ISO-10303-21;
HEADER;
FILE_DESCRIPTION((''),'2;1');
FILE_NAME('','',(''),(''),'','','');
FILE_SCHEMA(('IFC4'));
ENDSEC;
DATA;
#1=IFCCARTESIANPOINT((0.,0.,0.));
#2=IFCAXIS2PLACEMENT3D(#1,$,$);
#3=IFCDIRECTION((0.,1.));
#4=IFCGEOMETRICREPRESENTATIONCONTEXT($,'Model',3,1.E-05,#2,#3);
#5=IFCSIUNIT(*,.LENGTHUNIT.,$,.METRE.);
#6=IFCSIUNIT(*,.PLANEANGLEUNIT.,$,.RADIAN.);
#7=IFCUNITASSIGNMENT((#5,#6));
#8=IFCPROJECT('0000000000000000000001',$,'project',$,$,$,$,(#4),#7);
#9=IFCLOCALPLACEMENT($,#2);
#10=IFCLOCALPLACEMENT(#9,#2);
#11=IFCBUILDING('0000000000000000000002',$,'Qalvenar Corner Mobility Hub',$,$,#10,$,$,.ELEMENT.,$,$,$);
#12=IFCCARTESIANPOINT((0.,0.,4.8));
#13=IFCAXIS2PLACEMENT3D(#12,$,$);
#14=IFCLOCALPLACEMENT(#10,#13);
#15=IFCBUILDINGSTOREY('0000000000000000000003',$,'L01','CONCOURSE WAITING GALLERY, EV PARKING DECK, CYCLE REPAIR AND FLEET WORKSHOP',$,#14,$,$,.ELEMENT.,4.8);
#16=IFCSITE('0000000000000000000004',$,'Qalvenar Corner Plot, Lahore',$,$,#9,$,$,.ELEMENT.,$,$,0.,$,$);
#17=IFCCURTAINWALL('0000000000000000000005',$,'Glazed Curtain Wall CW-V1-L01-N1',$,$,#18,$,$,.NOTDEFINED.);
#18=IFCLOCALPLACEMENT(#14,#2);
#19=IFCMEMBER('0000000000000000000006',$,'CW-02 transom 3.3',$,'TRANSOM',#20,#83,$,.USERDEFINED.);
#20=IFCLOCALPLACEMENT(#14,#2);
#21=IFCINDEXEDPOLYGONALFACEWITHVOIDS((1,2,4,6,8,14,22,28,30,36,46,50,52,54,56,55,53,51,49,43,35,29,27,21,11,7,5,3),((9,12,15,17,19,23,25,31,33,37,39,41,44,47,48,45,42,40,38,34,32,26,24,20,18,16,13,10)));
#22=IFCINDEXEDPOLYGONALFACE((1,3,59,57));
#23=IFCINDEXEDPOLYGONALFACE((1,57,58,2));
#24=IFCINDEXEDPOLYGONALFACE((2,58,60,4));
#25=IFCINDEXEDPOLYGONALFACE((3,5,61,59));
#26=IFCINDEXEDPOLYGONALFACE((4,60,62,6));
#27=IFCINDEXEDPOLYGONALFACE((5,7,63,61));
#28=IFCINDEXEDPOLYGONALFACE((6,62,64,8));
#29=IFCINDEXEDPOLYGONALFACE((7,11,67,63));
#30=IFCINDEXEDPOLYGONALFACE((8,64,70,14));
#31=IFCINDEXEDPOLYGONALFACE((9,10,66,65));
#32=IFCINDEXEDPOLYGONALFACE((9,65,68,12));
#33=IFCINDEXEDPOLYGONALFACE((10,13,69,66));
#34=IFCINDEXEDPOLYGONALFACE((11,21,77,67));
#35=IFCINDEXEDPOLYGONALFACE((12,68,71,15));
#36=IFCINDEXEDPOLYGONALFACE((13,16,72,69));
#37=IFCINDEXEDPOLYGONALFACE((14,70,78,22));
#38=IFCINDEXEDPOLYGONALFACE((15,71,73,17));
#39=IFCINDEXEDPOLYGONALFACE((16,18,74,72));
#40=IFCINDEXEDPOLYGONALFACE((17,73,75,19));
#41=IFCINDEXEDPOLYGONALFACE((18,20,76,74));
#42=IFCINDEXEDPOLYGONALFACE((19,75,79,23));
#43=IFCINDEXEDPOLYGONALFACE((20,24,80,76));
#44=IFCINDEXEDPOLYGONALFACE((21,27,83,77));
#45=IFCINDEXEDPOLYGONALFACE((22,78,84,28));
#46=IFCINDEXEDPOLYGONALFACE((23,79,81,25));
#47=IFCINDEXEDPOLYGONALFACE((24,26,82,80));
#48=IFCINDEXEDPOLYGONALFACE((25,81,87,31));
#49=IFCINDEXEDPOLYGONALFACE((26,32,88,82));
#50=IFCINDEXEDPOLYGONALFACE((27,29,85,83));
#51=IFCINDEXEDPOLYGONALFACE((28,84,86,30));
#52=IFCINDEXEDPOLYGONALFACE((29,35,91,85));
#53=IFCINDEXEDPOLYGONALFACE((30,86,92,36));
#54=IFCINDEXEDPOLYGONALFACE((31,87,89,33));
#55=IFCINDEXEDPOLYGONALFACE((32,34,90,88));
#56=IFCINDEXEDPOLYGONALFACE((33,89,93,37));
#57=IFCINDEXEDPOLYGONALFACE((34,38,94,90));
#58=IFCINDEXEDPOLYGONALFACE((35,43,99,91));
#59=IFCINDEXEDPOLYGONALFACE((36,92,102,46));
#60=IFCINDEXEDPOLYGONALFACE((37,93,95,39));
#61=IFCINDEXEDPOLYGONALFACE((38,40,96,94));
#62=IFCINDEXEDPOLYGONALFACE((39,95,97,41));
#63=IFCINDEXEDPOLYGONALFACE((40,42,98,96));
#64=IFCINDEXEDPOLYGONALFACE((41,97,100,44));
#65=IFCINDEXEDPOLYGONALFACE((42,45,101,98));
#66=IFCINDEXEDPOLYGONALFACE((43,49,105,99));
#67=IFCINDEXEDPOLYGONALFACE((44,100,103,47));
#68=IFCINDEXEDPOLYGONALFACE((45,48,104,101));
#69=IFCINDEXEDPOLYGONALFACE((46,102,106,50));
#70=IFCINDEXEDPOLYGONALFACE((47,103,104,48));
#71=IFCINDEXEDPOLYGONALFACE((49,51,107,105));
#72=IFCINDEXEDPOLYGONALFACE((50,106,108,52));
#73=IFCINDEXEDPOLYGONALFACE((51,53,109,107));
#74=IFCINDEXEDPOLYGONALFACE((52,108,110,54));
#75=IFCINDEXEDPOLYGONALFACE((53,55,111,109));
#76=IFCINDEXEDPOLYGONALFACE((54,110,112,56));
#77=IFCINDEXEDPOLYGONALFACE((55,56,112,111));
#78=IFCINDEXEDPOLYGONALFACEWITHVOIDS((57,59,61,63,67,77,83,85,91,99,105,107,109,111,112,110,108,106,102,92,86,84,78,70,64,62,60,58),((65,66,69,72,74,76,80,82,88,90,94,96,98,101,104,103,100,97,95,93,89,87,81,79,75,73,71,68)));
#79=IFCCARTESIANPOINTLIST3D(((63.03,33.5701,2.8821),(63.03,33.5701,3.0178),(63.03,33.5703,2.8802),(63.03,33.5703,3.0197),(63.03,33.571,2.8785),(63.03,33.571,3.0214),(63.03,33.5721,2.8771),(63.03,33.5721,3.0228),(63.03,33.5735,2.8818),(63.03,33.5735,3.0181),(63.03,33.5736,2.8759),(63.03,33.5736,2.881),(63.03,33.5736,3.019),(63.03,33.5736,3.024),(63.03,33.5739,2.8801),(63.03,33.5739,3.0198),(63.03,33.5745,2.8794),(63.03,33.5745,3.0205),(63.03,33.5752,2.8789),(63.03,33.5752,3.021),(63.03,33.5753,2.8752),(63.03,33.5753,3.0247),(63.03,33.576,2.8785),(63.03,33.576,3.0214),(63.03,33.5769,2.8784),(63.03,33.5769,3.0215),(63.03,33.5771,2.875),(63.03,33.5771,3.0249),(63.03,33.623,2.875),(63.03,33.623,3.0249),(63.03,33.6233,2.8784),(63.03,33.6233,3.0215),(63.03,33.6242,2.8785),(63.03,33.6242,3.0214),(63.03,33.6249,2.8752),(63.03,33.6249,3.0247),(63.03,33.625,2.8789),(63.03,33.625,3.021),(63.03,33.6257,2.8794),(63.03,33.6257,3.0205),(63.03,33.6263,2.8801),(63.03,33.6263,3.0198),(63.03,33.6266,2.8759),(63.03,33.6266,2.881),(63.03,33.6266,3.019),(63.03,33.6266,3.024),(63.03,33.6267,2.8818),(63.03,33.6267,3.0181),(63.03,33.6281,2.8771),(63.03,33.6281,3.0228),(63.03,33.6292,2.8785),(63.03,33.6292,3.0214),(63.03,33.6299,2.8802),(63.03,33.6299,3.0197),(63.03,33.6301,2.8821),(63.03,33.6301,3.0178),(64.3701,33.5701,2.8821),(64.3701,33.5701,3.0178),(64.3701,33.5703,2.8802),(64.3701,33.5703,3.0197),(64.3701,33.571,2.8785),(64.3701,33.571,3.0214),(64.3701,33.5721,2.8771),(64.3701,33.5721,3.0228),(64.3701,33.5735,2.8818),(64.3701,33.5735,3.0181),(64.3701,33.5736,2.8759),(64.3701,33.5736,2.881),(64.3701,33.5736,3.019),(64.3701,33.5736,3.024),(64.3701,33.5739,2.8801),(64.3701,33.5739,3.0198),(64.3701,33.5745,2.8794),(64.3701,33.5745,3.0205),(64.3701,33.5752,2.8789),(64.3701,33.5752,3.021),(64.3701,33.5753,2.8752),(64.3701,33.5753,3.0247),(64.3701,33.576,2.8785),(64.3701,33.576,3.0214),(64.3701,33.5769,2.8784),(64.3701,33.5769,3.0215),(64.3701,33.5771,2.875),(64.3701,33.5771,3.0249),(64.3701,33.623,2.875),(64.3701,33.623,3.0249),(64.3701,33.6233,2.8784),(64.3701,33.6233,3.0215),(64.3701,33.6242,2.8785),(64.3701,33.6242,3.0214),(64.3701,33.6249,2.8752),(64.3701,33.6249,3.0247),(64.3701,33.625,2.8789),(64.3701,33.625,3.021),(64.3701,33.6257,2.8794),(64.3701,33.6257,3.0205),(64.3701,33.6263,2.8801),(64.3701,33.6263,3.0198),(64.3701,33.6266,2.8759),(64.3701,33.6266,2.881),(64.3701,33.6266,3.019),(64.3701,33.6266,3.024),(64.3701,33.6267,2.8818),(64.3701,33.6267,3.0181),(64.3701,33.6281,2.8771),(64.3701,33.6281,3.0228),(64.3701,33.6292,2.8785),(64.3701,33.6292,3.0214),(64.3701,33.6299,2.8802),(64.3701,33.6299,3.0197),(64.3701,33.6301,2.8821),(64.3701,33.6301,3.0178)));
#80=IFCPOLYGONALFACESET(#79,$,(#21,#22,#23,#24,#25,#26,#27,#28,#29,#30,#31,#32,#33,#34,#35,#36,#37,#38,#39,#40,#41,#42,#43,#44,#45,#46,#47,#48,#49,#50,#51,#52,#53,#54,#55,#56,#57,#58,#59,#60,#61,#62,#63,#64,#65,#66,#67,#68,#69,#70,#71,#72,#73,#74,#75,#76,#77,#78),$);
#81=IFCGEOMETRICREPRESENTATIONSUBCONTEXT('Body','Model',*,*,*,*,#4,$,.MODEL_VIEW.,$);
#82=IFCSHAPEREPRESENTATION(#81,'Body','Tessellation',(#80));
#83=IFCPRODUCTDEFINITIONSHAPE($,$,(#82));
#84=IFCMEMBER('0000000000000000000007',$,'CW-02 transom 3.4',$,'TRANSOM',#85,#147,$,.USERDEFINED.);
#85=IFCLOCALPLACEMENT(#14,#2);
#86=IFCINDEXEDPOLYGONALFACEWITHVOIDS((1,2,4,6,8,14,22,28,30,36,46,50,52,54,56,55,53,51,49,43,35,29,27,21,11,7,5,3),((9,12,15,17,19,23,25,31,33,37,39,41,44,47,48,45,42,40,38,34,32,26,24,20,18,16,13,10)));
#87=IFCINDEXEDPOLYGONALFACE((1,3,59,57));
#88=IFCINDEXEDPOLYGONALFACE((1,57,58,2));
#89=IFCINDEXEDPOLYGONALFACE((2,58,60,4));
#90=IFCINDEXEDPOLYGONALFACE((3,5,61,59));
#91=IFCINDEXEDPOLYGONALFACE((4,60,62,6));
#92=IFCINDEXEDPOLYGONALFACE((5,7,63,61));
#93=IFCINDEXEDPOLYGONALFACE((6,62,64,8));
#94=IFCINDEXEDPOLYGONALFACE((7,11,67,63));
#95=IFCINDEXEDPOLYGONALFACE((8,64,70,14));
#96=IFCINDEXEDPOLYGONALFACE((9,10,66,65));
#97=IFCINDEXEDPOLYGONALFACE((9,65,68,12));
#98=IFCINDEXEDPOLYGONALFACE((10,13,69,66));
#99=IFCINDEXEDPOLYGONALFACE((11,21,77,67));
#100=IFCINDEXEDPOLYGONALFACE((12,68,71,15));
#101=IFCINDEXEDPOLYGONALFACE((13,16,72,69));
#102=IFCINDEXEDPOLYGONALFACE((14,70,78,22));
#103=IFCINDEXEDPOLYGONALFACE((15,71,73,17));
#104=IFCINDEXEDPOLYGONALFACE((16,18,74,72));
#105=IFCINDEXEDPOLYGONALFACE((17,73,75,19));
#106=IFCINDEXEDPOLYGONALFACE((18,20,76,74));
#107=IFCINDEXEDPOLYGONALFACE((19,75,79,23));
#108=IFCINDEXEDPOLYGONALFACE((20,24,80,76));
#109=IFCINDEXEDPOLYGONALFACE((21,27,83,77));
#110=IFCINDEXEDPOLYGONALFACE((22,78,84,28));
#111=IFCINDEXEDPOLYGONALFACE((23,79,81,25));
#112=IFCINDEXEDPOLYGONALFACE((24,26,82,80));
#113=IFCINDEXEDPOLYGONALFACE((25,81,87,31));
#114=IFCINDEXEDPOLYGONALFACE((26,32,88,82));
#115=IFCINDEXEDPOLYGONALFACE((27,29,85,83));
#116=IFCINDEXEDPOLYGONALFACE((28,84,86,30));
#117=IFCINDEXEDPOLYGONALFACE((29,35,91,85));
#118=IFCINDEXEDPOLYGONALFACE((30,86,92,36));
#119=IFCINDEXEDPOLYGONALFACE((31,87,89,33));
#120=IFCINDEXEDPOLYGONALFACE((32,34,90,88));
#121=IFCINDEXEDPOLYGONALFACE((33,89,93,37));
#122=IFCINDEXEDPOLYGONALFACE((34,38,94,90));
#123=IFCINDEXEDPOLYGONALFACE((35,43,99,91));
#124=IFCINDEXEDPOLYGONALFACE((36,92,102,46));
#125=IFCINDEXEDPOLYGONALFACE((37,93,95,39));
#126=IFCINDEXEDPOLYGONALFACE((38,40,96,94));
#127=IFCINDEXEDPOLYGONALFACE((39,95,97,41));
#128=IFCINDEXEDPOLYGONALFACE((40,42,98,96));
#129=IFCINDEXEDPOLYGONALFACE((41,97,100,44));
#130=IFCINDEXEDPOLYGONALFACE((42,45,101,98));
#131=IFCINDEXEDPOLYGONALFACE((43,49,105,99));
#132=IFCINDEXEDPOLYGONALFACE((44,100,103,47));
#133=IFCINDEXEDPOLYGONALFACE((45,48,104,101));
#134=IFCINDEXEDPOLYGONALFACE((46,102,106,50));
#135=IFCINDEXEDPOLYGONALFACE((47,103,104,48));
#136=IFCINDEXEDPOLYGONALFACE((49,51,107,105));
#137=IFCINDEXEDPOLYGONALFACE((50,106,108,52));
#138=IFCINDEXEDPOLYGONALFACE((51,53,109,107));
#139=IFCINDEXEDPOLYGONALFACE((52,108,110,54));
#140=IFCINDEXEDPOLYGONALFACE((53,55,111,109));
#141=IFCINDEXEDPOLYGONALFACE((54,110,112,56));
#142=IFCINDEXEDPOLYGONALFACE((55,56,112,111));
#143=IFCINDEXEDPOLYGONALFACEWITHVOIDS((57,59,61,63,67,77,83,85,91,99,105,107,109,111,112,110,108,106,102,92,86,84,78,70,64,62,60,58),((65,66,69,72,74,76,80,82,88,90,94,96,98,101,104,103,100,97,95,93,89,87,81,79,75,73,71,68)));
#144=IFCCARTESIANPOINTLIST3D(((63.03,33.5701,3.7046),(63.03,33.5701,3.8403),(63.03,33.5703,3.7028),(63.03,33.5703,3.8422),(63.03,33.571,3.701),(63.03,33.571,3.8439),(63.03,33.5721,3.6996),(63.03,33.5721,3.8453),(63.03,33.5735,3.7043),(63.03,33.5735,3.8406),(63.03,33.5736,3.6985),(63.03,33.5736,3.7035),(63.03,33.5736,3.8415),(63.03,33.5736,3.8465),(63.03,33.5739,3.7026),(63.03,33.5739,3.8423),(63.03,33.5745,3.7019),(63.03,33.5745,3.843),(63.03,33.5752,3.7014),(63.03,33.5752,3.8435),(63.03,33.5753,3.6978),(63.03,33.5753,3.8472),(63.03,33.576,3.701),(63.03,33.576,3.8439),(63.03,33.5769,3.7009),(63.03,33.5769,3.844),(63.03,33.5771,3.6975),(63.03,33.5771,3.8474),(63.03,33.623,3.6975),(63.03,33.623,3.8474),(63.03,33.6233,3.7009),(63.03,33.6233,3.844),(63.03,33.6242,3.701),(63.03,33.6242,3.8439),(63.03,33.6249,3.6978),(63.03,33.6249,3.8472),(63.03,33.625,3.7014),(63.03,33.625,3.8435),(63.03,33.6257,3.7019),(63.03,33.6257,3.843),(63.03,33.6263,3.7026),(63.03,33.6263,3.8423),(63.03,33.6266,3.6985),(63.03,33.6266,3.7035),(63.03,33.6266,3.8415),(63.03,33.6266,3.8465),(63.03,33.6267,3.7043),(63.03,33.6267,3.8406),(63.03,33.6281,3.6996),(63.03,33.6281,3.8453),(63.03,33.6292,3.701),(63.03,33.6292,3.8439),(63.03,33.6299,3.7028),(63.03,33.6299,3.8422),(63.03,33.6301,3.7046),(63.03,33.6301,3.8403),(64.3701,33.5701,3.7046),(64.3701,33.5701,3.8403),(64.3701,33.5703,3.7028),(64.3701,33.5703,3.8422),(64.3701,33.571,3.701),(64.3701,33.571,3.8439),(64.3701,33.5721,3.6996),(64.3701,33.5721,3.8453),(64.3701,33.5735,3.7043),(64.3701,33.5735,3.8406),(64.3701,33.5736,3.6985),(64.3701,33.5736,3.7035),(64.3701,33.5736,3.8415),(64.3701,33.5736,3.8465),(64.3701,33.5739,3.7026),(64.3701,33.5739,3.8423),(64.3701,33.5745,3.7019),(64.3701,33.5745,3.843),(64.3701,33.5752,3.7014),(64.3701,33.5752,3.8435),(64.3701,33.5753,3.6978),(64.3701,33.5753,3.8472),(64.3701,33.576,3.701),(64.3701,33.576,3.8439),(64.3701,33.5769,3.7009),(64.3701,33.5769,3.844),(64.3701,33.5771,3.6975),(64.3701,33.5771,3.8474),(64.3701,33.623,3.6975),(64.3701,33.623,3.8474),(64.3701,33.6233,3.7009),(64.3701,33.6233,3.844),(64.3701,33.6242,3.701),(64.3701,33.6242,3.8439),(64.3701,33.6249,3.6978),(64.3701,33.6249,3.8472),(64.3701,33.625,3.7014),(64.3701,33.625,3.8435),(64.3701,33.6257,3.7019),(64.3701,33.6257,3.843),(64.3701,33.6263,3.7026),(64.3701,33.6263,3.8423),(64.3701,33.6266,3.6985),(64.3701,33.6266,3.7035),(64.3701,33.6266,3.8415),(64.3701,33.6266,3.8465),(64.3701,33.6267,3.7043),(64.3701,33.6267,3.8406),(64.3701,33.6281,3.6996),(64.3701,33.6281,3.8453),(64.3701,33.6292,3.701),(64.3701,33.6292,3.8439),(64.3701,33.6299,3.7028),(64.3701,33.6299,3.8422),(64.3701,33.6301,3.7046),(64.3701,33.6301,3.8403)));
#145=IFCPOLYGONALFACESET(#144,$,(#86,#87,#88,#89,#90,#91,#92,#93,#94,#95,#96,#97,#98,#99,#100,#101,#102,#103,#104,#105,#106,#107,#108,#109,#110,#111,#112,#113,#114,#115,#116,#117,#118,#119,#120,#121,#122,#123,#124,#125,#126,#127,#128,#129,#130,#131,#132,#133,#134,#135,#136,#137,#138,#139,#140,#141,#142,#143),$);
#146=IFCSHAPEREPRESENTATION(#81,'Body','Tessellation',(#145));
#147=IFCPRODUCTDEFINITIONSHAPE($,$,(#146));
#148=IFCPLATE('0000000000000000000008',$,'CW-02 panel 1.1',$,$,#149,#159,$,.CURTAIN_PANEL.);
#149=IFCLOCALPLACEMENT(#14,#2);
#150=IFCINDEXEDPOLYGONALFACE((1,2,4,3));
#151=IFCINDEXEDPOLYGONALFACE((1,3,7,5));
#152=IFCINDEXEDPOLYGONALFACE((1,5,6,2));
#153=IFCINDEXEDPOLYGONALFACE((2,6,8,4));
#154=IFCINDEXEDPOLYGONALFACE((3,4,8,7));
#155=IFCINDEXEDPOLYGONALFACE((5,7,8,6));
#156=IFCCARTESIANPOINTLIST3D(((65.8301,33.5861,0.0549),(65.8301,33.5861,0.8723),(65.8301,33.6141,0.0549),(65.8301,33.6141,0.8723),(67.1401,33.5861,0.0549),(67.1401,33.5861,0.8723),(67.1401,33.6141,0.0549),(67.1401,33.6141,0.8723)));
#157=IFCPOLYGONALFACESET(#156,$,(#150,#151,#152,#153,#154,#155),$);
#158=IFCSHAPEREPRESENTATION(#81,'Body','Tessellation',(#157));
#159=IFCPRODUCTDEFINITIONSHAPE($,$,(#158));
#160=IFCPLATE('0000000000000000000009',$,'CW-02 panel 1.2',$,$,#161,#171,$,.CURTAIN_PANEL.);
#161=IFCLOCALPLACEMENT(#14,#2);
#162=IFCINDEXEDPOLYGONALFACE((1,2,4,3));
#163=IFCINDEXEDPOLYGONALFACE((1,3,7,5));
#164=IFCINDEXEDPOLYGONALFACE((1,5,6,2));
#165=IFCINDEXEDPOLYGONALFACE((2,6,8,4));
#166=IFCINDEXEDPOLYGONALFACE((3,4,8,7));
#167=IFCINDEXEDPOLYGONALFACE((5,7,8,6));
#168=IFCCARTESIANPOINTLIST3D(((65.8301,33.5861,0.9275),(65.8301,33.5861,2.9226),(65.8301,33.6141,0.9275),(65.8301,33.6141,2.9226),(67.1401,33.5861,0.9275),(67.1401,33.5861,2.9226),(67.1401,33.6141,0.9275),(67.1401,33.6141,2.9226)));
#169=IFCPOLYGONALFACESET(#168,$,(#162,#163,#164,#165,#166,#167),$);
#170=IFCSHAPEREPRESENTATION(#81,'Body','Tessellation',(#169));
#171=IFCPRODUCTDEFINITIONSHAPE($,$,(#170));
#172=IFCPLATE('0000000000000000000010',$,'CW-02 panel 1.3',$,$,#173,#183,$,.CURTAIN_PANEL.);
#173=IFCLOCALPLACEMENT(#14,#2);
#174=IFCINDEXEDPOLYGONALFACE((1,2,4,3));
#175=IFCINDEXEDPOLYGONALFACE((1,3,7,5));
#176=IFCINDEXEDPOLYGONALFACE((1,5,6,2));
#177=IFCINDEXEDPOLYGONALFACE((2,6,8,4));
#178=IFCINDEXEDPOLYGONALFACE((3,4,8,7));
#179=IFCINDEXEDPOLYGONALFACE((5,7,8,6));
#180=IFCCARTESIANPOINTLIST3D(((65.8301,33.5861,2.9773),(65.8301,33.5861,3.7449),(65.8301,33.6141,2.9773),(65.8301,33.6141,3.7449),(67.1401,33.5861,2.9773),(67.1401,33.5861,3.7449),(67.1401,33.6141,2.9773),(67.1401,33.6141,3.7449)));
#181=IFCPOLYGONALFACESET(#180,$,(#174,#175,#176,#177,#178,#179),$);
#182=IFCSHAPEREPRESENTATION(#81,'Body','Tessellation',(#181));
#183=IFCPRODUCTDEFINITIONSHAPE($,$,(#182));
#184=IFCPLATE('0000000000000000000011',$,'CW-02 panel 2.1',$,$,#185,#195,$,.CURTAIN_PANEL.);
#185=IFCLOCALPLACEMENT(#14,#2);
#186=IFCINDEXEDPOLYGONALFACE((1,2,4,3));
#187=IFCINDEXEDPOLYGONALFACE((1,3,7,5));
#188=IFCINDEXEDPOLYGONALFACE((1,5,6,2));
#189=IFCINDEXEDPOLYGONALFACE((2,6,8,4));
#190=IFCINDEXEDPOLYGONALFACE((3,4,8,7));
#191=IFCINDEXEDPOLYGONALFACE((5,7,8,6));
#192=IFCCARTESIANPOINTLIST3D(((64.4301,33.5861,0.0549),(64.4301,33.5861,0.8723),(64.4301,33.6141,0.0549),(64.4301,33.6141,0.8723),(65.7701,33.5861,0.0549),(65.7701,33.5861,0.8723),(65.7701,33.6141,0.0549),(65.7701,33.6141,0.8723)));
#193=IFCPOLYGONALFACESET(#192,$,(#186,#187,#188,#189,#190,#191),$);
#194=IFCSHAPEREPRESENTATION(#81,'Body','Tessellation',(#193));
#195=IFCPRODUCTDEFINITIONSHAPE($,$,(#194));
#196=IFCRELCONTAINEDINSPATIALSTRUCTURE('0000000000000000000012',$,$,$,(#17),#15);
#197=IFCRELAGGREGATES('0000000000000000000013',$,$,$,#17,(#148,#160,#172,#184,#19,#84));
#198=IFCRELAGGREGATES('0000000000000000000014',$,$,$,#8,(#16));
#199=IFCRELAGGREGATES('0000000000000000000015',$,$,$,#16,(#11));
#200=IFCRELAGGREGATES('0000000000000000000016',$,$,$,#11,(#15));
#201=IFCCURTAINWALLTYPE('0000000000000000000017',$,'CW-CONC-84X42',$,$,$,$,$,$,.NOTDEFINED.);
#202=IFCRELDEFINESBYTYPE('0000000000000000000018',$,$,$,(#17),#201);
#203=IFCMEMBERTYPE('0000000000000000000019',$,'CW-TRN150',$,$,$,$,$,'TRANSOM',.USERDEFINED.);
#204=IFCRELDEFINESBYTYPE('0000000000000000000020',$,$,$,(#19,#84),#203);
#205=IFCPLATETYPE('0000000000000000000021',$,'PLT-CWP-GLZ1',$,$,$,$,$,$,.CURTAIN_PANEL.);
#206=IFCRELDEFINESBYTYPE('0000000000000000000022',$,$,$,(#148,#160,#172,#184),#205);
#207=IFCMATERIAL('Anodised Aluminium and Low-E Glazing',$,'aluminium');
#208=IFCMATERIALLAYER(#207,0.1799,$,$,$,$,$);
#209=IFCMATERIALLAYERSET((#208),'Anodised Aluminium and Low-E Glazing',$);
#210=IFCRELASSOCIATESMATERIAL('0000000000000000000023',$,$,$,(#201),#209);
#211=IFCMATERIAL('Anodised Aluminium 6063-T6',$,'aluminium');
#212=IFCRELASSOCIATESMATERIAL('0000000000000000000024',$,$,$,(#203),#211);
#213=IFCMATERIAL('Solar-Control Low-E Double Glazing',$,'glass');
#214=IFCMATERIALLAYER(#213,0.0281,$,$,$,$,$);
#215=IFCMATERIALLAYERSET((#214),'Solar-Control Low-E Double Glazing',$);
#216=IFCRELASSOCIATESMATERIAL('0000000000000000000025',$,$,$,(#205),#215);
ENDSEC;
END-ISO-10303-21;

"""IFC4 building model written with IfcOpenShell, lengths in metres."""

from ifc_helpers import new_model, si_unit, direction, frame, origin, origin_2d, place, context, subcontext, project, spatial, rectangle, hollow_rectangle, extrude, material, layer, layer_set, material_profile, profile_set, type_object, element, aggregate, save


model = new_model("IFC4")

# Units and contexts
model_context = context("Model", 3, precision=1e-05, world=origin(), true_north=direction((0.0, 1.0)))
body_context = subcontext(model_context, "Body", "Model", "MODEL_VIEW")
ifc_project = project(units=[si_unit("LENGTHUNIT", "METRE"), si_unit("PLANEANGLEUNIT", "RADIAN")], contexts=[model_context])

# Site, building, storey
site_placement = place(None, origin())
site = spatial("IfcSite", under=ifc_project, at=site_placement, Name="Qalvenar Corner Plot, Lahore", CompositionType="ELEMENT", RefElevation=0.0)
building_placement = place(site_placement, origin())
building = spatial("IfcBuilding", under=site, at=building_placement, Name="Qalvenar Corner Mobility Hub", CompositionType="ELEMENT")
storey_placement = place(building_placement, frame((0.0, 0.0, 4.8)))
storey = spatial("IfcBuildingStorey", under=building, at=storey_placement, Name="L01", Description="CONCOURSE WAITING GALLERY, EV PARKING DECK, CYCLE REPAIR AND FLEET WORKSHOP", CompositionType="ELEMENT", Elevation=4.8)

# Curtain wall
ifc_material_1 = material(Name="Anodised Aluminium and Low-E Glazing", Category="aluminium")
ifc_material_2 = material(Name="Anodised Aluminium 6063-T6", Category="aluminium")
ifc_layer_1 = layer(ifc_material_1, 0.1799)
ifc_layer_set_1 = layer_set([ifc_layer_1], Name="Anodised Aluminium and Low-E Glazing")
curtain_wall_type_1 = type_object("IfcCurtainWallType", Name="CW-CONC-84X42", PredefinedType="NOTDEFINED", material=ifc_layer_set_1)
curtain_wall_1_placement = place(storey_placement, origin())
curtain_wall_1 = element("IfcCurtainWall", 1, at=curtain_wall_1_placement, inside=storey, type_object=curtain_wall_type_1, Name="Glazed Curtain Wall CW-V1-L01-N1", PredefinedType="NOTDEFINED")

# Members
ifc_material_profile_1 = material_profile(ifc_material_2, hollow_rectangle(XDim=0.0601, YDim=0.1499, WallThickness=0.0034, InnerFilletRadius=0.0034, OuterFilletRadius=0.0071, at=origin_2d()), Name="RHS150x60x3.5")
ifc_profile_set_1 = profile_set([ifc_material_profile_1], Name="Anodised Aluminium 6063-T6")
member_type_1 = type_object("IfcMemberType", Name="CW-TRN150", ElementType="TRANSOM", PredefinedType="USERDEFINED", material=ifc_profile_set_1)
member_1_placement = place(storey_placement, frame((64.3701, 33.6001, 2.95), z_axis=(-1.0, 0.0, 0.0), x_axis=(0.0, -1.0, 0.0)))
member_1 = element("IfcMember", 2, at=member_1_placement, type_object=member_type_1, Name="CW-02 transom 3.3", ObjectType="TRANSOM", PredefinedType="USERDEFINED", context=body_context, shape_type="SweptSolid", body=[
    extrude(hollow_rectangle(XDim=0.0601, YDim=0.1499, WallThickness=0.0034, InnerFilletRadius=0.0034, OuterFilletRadius=0.0071, at=origin_2d()), origin(), (0.0, 0.0, 1.0), 1.3401),
])
member_2_placement = place(storey_placement, frame((64.3701, 33.6001, 3.7725), z_axis=(-1.0, 0.0, 0.0), x_axis=(0.0, -1.0, 0.0)))
member_2 = element("IfcMember", 3, at=member_2_placement, type_object=member_type_1, Name="CW-02 transom 3.4", ObjectType="TRANSOM", PredefinedType="USERDEFINED", context=body_context, shape_type="SweptSolid", body=[
    extrude(hollow_rectangle(XDim=0.0601, YDim=0.1499, WallThickness=0.0034, InnerFilletRadius=0.0034, OuterFilletRadius=0.0071, at=origin_2d()), origin(), (0.0, 0.0, 1.0), 1.3401),
])

# Plates
ifc_material_3 = material(Name="Solar-Control Low-E Double Glazing", Category="glass")
ifc_layer_2 = layer(ifc_material_3, 0.0281)
ifc_layer_set_2 = layer_set([ifc_layer_2], Name="Solar-Control Low-E Double Glazing")
plate_type = type_object("IfcPlateType", Name="PLT-CWP-GLZ1", PredefinedType="CURTAIN_PANEL", material=ifc_layer_set_2)
plate_1_placement = place(storey_placement, frame((66.4851, 33.6001, 0.0549), z_axis=(0.0, 0.0, 1.0), x_axis=(-1.0, 0.0, 0.0)))
plate_1 = element("IfcPlate", 4, at=plate_1_placement, type_object=plate_type, Name="CW-02 panel 1.1", PredefinedType="CURTAIN_PANEL", context=body_context, shape_type="SweptSolid", body=[
    extrude(rectangle(XDim=1.3101, YDim=0.0281, at=origin_2d()), origin(), (0.0, 0.0, 1.0), 0.8174),
])
plate_2_placement = place(storey_placement, frame((66.4851, 33.6001, 0.9275), z_axis=(0.0, 0.0, 1.0), x_axis=(-1.0, 0.0, 0.0)))
plate_2 = element("IfcPlate", 5, at=plate_2_placement, type_object=plate_type, Name="CW-02 panel 1.2", PredefinedType="CURTAIN_PANEL", context=body_context, shape_type="SweptSolid", body=[
    extrude(rectangle(XDim=1.3101, YDim=0.0281, at=origin_2d()), origin(), (0.0, 0.0, 1.0), 1.9951),
])
plate_3_placement = place(storey_placement, frame((66.4851, 33.6001, 2.9773), z_axis=(0.0, 0.0, 1.0), x_axis=(-1.0, 0.0, 0.0)))
plate_3 = element("IfcPlate", 6, at=plate_3_placement, type_object=plate_type, Name="CW-02 panel 1.3", PredefinedType="CURTAIN_PANEL", context=body_context, shape_type="SweptSolid", body=[
    extrude(rectangle(XDim=1.3101, YDim=0.0281, at=origin_2d()), origin(), (0.0, 0.0, 1.0), 0.7676),
])
plate_4_placement = place(storey_placement, frame((65.1001, 33.6001, 0.0549), z_axis=(0.0, 0.0, 1.0), x_axis=(-1.0, 0.0, 0.0)))
plate_4 = element("IfcPlate", 7, at=plate_4_placement, type_object=plate_type, Name="CW-02 panel 2.1", PredefinedType="CURTAIN_PANEL", context=body_context, shape_type="SweptSolid", body=[
    extrude(rectangle(XDim=1.3401, YDim=0.0281, at=origin_2d()), origin(), (0.0, 0.0, 1.0), 0.8174),
])
aggregate(curtain_wall_1, [plate_1, plate_2, plate_3, plate_4, member_1, member_2])

save(model, "model.ifc")
